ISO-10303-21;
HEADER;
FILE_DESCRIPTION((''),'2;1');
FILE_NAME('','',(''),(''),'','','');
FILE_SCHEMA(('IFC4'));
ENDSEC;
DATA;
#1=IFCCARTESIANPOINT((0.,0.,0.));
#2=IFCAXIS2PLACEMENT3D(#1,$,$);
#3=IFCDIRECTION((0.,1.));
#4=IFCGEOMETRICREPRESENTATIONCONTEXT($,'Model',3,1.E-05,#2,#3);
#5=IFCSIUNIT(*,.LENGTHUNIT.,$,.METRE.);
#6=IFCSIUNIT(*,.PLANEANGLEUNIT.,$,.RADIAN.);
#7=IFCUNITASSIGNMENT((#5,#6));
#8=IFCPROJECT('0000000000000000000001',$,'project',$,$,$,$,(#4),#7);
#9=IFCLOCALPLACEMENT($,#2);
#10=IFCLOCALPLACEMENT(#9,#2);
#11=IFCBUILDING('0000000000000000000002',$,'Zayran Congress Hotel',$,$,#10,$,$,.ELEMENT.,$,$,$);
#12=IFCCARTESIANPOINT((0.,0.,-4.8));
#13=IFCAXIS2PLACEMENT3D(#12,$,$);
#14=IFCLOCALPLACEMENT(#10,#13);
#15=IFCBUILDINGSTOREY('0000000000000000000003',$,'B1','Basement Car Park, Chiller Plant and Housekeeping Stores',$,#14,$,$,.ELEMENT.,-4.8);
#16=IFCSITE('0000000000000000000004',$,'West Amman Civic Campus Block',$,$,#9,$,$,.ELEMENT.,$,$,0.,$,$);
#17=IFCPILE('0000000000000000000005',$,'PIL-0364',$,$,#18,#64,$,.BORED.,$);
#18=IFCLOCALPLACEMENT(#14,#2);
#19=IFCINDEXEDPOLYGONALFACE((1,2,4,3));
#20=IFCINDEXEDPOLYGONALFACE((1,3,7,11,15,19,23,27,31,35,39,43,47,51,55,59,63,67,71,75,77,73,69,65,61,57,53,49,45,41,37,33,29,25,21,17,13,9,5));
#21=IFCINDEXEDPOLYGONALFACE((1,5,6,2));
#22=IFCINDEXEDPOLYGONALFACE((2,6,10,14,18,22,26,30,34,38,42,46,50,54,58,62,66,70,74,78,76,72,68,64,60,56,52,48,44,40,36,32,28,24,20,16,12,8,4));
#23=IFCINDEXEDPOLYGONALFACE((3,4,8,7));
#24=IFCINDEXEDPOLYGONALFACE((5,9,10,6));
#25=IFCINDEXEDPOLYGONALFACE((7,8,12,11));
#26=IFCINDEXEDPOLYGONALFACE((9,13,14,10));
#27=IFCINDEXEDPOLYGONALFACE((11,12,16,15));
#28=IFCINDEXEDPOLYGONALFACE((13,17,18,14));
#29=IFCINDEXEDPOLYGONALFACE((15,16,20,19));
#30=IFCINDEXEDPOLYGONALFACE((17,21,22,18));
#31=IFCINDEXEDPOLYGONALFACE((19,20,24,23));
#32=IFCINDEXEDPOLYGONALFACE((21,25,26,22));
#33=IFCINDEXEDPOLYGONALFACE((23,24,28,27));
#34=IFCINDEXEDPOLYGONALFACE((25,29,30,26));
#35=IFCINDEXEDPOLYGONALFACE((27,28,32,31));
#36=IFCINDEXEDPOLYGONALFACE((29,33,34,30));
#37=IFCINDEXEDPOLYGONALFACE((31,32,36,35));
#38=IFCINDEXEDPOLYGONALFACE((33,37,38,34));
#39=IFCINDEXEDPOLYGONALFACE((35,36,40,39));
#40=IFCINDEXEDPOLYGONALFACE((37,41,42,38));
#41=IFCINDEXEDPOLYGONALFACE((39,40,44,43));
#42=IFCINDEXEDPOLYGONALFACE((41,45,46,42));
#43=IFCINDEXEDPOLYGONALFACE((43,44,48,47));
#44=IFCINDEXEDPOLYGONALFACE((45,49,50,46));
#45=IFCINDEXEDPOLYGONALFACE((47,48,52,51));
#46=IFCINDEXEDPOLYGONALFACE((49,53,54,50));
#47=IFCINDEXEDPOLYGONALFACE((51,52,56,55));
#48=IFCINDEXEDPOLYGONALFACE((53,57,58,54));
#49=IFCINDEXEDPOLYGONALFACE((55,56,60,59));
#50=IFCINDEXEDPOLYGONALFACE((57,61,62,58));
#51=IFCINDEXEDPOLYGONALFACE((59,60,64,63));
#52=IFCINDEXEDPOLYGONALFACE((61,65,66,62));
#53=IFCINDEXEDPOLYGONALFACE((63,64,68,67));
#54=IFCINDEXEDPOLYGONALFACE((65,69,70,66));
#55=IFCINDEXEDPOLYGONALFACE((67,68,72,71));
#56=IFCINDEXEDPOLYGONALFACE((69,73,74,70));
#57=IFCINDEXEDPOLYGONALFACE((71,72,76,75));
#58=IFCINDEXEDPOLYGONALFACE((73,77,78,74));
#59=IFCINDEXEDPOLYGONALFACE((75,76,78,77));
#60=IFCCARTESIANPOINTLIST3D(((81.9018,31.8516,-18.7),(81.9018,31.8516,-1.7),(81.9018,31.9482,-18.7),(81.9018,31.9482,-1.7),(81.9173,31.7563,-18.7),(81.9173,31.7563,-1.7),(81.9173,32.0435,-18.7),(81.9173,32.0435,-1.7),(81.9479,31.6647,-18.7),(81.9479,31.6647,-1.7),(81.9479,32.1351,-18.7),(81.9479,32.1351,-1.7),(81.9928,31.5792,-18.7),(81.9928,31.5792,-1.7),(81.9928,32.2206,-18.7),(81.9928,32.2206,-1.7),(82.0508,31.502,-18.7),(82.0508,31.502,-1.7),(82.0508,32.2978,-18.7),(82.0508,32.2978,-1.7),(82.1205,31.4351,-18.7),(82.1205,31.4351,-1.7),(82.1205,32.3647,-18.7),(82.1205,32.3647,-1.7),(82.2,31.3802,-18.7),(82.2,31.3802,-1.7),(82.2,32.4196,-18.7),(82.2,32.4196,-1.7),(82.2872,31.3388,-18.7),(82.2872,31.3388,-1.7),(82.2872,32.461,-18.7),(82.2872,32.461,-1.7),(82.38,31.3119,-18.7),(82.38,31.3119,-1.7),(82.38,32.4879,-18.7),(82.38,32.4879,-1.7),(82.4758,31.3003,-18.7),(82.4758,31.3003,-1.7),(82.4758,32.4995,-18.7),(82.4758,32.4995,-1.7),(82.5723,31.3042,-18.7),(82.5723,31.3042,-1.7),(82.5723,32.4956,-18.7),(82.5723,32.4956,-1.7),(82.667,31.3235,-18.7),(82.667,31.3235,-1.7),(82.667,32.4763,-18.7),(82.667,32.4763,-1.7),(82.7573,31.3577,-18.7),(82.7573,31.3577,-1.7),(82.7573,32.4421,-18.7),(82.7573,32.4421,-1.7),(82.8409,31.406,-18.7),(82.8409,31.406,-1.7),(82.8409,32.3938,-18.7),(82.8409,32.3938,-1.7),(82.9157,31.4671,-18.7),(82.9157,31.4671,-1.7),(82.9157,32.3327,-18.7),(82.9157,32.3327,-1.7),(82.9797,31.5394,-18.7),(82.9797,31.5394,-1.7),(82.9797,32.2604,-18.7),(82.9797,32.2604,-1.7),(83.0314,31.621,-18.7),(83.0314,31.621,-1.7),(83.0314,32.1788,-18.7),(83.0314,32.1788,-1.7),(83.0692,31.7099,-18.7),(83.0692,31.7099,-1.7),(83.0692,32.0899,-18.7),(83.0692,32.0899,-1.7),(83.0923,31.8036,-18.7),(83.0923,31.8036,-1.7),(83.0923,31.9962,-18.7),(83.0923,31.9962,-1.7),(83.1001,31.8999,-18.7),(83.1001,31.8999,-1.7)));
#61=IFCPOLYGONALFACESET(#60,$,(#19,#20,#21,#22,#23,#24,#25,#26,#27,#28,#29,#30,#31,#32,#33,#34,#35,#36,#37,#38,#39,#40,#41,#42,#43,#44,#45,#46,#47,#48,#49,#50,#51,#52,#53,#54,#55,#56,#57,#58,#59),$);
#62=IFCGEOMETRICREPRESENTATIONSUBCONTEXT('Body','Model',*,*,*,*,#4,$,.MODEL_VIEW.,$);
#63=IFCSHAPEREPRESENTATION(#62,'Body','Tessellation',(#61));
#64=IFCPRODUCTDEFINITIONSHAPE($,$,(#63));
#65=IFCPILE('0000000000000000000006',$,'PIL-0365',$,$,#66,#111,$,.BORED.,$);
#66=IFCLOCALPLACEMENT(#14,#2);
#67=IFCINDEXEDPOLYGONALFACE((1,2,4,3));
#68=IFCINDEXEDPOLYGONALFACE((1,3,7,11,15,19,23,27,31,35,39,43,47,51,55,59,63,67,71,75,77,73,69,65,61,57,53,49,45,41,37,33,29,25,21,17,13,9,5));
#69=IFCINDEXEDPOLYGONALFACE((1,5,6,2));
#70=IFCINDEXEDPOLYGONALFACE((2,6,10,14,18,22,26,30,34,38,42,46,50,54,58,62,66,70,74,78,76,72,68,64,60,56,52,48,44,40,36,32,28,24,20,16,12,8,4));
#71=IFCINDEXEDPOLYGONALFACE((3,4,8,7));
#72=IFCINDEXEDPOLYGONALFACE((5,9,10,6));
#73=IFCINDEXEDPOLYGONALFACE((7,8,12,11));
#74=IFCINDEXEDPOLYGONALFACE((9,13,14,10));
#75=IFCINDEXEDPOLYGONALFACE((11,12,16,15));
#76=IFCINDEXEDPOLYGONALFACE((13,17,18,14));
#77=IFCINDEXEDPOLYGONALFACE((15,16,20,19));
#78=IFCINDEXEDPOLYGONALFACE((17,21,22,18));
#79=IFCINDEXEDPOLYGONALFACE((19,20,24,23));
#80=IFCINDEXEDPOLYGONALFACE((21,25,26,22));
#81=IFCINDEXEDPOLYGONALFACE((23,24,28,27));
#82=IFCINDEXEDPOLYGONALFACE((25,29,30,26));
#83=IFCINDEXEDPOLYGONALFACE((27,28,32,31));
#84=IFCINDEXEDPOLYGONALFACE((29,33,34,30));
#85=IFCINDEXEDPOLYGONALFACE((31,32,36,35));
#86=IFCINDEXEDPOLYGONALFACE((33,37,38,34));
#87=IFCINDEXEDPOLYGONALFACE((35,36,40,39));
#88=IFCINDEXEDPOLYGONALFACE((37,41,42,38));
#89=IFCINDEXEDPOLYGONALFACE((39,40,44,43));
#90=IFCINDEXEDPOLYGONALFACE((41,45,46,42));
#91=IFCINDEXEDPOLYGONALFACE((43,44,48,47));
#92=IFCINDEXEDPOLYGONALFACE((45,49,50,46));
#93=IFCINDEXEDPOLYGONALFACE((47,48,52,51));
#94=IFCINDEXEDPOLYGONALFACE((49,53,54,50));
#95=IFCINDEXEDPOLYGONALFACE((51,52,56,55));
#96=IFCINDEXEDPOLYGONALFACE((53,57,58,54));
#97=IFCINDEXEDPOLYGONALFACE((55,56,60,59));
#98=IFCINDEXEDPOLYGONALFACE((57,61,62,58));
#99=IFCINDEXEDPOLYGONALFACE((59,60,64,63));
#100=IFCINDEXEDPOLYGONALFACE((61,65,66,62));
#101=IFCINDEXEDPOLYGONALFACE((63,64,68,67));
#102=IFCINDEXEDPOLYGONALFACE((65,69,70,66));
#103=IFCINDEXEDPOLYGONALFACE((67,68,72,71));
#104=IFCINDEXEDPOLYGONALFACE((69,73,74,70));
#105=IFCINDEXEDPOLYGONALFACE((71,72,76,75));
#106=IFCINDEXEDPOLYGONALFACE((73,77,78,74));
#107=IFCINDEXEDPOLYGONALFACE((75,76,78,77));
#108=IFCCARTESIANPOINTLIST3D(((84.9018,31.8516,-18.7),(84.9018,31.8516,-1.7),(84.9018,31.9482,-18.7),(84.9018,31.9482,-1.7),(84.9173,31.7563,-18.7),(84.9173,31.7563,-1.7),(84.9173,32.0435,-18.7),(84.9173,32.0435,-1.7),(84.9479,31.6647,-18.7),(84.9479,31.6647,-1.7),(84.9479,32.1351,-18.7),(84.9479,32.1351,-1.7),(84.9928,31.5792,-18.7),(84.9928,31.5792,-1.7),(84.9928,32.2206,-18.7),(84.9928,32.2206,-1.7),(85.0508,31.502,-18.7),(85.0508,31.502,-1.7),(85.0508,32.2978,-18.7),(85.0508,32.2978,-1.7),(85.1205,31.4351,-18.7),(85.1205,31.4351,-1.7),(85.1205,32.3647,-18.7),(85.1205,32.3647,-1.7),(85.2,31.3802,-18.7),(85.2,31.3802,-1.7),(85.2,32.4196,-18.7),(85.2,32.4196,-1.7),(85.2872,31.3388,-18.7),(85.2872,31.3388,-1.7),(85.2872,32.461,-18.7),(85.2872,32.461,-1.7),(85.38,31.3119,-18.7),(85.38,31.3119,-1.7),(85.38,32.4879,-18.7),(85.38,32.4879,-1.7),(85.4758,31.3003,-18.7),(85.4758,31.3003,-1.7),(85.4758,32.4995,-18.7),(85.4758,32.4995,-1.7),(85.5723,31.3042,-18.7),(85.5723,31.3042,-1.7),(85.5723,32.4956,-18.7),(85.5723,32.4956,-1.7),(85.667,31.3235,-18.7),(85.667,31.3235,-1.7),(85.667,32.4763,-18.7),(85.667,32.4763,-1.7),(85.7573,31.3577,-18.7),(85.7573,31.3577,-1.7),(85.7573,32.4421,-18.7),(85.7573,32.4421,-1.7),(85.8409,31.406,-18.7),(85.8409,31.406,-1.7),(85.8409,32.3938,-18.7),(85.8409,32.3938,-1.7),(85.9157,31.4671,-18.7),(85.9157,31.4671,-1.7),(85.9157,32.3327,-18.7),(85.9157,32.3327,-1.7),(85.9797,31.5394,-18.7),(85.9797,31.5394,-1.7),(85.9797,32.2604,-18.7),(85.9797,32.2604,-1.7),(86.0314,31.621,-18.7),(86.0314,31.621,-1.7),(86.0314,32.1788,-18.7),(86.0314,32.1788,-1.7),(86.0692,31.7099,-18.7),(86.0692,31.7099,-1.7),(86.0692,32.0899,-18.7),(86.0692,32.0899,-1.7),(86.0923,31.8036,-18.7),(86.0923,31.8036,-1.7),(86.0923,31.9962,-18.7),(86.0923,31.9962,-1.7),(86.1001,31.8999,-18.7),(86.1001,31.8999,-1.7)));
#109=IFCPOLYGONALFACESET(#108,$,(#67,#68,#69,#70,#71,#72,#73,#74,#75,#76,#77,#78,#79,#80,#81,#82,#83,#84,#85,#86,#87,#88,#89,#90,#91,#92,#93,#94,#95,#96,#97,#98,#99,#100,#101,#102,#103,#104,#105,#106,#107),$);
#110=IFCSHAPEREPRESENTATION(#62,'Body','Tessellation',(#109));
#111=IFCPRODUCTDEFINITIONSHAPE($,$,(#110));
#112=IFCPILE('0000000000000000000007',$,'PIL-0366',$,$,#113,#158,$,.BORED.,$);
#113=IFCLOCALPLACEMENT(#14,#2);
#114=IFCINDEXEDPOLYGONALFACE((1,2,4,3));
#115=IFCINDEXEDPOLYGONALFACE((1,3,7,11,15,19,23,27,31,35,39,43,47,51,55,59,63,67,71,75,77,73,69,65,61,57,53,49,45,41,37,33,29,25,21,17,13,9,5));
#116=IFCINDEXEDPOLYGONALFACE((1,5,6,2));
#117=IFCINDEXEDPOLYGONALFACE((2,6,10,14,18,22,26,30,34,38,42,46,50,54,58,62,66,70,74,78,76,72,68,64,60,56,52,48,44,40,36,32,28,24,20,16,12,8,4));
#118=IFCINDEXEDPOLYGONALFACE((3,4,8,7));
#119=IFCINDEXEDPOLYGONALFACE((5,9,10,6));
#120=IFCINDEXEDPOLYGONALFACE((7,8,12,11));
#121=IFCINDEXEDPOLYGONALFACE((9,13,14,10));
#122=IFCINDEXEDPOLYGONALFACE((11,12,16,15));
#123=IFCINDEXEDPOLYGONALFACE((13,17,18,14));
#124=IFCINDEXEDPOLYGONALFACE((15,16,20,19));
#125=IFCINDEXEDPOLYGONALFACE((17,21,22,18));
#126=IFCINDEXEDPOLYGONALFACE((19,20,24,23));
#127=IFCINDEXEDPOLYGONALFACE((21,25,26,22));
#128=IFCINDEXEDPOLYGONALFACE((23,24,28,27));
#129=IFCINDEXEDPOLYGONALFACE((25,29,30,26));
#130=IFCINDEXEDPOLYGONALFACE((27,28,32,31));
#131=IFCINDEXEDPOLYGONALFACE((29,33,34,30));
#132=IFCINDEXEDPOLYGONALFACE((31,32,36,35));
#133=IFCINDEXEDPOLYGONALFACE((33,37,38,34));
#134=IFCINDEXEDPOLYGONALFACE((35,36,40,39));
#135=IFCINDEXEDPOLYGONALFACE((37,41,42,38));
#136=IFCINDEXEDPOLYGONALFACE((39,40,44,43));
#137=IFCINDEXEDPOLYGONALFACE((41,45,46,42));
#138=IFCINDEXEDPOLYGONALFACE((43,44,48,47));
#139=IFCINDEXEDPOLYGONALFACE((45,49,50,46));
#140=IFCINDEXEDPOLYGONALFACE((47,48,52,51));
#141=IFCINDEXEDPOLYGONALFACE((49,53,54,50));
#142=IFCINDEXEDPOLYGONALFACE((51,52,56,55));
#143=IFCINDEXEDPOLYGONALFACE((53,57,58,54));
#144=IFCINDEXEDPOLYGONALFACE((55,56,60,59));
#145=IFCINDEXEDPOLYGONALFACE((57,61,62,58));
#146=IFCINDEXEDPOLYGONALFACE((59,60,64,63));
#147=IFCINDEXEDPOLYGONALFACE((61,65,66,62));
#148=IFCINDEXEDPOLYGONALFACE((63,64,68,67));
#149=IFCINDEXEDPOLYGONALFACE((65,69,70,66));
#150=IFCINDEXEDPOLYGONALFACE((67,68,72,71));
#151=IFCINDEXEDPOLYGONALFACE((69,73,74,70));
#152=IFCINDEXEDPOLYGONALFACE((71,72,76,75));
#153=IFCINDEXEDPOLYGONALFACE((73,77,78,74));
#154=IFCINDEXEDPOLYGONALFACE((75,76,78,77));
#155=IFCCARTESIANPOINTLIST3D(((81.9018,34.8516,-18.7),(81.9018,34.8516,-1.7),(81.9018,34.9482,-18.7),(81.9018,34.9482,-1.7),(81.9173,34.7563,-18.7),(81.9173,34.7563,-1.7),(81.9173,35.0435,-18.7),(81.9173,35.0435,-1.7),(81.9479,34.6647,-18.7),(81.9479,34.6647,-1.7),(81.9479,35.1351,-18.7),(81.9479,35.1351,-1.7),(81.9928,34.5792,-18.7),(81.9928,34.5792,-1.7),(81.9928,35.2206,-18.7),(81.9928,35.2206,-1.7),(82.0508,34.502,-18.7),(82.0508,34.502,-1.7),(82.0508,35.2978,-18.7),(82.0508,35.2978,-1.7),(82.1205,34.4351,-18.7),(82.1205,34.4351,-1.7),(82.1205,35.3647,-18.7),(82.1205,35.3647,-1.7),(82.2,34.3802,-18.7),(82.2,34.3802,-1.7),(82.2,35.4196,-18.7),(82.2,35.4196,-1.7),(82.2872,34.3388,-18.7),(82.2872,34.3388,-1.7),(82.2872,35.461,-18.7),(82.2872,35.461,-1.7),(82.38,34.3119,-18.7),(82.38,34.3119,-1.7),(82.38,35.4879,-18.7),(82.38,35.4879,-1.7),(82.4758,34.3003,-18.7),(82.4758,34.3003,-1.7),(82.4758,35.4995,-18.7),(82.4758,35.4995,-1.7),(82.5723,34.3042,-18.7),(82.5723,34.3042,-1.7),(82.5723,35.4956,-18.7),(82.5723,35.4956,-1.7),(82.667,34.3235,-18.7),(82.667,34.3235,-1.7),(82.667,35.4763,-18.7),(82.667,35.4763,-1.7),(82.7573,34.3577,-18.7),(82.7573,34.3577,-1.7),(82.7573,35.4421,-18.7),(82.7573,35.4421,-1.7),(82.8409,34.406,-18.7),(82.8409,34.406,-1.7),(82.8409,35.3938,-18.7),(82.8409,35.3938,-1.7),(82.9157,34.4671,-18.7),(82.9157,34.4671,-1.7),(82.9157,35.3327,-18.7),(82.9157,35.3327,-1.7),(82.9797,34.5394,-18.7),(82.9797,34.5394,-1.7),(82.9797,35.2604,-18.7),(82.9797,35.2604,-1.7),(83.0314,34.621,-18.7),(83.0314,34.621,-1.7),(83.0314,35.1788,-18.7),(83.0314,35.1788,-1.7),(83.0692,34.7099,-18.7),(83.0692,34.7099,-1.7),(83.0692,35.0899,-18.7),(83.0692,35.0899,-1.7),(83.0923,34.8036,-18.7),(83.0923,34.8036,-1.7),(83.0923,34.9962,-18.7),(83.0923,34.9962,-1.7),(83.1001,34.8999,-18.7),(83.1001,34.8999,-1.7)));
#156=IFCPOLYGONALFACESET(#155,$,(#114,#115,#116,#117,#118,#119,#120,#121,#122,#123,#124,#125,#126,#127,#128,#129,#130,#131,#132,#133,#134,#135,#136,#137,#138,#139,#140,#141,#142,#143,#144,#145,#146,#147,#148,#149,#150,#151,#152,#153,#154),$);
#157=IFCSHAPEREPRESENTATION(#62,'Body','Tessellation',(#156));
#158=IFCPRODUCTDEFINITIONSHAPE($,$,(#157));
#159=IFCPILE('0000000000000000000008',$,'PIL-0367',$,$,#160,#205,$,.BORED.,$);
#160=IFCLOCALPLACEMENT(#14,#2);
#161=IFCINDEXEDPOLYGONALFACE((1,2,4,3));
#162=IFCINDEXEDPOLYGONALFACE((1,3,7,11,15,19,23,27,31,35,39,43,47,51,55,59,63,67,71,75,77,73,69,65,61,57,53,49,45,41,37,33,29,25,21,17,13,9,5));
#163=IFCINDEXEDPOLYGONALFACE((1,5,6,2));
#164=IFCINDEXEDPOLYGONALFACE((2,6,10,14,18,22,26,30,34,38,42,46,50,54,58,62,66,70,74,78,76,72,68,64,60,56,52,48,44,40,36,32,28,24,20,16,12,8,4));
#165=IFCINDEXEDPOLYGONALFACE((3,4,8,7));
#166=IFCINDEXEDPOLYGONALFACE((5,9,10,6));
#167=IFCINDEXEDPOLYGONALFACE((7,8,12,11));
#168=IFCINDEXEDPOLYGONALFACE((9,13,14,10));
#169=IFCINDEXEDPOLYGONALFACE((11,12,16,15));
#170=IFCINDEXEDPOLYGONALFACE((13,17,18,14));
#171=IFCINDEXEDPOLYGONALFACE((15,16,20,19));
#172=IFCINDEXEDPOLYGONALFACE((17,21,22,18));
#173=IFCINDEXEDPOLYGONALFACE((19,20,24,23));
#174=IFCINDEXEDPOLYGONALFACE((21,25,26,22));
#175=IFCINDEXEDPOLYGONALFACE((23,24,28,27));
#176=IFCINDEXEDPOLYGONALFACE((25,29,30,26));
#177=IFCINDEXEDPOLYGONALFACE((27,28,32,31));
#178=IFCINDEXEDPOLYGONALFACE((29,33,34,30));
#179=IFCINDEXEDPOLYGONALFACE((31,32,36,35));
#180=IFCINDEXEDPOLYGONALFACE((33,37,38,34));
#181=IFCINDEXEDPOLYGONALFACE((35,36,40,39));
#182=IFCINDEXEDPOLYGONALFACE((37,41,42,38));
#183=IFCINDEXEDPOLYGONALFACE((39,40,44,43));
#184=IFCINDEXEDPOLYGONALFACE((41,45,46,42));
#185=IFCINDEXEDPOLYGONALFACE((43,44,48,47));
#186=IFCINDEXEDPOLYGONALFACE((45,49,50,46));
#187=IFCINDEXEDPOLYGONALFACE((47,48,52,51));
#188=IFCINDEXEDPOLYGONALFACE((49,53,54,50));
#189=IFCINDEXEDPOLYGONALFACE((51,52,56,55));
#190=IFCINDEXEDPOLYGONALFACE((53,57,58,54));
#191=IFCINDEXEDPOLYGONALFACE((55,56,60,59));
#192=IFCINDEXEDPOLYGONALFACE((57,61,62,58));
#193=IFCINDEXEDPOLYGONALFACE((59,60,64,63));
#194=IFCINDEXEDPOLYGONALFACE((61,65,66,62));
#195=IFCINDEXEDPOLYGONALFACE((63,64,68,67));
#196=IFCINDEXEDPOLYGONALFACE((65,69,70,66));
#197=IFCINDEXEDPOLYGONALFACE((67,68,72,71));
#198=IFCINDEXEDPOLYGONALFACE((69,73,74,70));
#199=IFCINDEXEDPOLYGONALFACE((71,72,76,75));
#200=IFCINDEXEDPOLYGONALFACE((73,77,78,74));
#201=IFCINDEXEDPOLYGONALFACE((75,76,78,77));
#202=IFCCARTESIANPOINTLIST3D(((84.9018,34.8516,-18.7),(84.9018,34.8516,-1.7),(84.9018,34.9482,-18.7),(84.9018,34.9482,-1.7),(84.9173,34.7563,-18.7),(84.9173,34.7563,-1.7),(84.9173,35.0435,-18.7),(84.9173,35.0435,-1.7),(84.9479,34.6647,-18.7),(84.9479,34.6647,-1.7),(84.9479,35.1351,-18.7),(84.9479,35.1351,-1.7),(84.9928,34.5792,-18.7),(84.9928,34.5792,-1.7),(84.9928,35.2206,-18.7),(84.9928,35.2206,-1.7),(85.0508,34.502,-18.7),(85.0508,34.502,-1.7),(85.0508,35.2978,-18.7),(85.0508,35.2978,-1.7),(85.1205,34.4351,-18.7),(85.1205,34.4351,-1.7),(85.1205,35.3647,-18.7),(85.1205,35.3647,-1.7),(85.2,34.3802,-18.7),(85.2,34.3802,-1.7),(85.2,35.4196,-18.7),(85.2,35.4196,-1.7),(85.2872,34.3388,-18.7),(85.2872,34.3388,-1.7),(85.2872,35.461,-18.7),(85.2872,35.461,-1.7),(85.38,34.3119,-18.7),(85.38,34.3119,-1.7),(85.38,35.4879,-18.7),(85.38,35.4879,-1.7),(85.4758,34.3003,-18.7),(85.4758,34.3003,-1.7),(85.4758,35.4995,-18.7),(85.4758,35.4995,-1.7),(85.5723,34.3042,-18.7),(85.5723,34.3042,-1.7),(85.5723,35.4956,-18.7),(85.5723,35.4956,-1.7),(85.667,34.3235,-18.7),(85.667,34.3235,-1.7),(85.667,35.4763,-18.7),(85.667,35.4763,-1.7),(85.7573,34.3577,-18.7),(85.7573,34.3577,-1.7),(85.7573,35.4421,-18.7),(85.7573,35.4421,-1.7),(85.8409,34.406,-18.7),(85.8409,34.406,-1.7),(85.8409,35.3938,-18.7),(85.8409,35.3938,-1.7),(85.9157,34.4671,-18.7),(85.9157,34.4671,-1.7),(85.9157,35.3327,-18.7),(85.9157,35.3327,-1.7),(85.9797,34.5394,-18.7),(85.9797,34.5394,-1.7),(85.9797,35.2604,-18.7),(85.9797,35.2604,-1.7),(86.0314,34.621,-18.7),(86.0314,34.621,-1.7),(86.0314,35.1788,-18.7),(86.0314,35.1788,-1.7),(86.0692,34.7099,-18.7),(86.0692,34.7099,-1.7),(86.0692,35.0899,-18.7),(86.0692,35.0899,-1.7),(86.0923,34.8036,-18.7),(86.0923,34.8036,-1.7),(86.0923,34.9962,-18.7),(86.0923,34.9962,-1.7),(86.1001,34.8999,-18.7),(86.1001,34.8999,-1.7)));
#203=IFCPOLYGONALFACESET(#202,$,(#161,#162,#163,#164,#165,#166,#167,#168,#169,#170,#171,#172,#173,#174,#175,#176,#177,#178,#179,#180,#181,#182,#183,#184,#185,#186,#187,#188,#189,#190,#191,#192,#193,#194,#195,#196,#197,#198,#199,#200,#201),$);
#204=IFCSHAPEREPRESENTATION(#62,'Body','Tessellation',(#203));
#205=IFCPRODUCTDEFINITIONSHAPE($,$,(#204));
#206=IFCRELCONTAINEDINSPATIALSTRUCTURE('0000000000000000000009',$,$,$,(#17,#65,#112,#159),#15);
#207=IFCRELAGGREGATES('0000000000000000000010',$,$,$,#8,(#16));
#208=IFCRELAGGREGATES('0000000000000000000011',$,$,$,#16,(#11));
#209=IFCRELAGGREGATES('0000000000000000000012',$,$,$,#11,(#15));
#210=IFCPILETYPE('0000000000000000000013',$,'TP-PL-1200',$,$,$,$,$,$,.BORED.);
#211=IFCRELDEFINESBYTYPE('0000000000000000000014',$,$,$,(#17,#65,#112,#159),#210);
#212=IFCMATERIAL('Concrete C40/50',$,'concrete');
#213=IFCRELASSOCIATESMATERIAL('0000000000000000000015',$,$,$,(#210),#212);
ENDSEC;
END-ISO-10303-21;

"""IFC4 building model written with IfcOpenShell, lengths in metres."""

from ifc_helpers import new_model, si_unit, direction, frame, origin, origin_2d, place, context, subcontext, project, spatial, circle, extrude, material, material_profile, profile_set, type_object, element, save


model = new_model("IFC4")

# Units and contexts
model_context = context("Model", 3, precision=1e-05, world=origin(), true_north=direction((0.0, 1.0)))
body_context = subcontext(model_context, "Body", "Model", "MODEL_VIEW")
ifc_project = project(units=[si_unit("LENGTHUNIT", "METRE"), si_unit("PLANEANGLEUNIT", "RADIAN")], contexts=[model_context])

# Site, building, storey
site_placement = place(None, origin())
site = spatial("IfcSite", under=ifc_project, at=site_placement, Name="West Amman Civic Campus Block", CompositionType="ELEMENT", RefElevation=0.0)
building_placement = place(site_placement, origin())
building = spatial("IfcBuilding", under=site, at=building_placement, Name="Zayran Congress Hotel", CompositionType="ELEMENT")
storey_placement = place(building_placement, frame((0.0, 0.0, -4.8)))
storey = spatial("IfcBuildingStorey", under=building, at=storey_placement, Name="B1", Description="Basement Car Park, Chiller Plant and Housekeeping Stores", CompositionType="ELEMENT", Elevation=-4.8)

# Piles
ifc_material_1 = material(Name="Concrete C40/50", Category="concrete")
ifc_material_profile_1 = material_profile(ifc_material_1, circle(Radius=0.6001, at=origin_2d()), Name="PILE D1200")
ifc_profile_set_1 = profile_set([ifc_material_profile_1], Name="Concrete C40/50")
pile_type_1 = type_object("IfcPileType", Name="TP-PL-1200", PredefinedType="BORED", material=ifc_profile_set_1)
for number, where, z_axis, x_axis, name in (
    (1, (82.5, 31.8999, -1.7), (0.0, 0.0, -1.0), (1.0, 0.0, 0.0), "PIL-0364"),
    (2, (85.5, 31.8999, -1.7), (0.0, 0.0, -1.0), (1.0, 0.0, 0.0), "PIL-0365"),
    (3, (82.5, 34.8999, -1.7), (0.0, 0.0, -1.0), (1.0, 0.0, 0.0), "PIL-0366"),
    (4, (85.5, 34.8999, -1.7), (0.0, 0.0, -1.0), (1.0, 0.0, 0.0), "PIL-0367"),
):
    element("IfcPile", number, at=place(storey_placement, frame(where, z_axis=z_axis, x_axis=x_axis)), inside=storey, type_object=pile_type_1, Name=name, PredefinedType="BORED", context=body_context, shape_type="SweptSolid", body=[
        extrude(circle(Radius=0.6001, at=origin_2d()), origin(), (0.0, 0.0, 1.0), 17.0),
    ])

save(model, "model.ifc")
